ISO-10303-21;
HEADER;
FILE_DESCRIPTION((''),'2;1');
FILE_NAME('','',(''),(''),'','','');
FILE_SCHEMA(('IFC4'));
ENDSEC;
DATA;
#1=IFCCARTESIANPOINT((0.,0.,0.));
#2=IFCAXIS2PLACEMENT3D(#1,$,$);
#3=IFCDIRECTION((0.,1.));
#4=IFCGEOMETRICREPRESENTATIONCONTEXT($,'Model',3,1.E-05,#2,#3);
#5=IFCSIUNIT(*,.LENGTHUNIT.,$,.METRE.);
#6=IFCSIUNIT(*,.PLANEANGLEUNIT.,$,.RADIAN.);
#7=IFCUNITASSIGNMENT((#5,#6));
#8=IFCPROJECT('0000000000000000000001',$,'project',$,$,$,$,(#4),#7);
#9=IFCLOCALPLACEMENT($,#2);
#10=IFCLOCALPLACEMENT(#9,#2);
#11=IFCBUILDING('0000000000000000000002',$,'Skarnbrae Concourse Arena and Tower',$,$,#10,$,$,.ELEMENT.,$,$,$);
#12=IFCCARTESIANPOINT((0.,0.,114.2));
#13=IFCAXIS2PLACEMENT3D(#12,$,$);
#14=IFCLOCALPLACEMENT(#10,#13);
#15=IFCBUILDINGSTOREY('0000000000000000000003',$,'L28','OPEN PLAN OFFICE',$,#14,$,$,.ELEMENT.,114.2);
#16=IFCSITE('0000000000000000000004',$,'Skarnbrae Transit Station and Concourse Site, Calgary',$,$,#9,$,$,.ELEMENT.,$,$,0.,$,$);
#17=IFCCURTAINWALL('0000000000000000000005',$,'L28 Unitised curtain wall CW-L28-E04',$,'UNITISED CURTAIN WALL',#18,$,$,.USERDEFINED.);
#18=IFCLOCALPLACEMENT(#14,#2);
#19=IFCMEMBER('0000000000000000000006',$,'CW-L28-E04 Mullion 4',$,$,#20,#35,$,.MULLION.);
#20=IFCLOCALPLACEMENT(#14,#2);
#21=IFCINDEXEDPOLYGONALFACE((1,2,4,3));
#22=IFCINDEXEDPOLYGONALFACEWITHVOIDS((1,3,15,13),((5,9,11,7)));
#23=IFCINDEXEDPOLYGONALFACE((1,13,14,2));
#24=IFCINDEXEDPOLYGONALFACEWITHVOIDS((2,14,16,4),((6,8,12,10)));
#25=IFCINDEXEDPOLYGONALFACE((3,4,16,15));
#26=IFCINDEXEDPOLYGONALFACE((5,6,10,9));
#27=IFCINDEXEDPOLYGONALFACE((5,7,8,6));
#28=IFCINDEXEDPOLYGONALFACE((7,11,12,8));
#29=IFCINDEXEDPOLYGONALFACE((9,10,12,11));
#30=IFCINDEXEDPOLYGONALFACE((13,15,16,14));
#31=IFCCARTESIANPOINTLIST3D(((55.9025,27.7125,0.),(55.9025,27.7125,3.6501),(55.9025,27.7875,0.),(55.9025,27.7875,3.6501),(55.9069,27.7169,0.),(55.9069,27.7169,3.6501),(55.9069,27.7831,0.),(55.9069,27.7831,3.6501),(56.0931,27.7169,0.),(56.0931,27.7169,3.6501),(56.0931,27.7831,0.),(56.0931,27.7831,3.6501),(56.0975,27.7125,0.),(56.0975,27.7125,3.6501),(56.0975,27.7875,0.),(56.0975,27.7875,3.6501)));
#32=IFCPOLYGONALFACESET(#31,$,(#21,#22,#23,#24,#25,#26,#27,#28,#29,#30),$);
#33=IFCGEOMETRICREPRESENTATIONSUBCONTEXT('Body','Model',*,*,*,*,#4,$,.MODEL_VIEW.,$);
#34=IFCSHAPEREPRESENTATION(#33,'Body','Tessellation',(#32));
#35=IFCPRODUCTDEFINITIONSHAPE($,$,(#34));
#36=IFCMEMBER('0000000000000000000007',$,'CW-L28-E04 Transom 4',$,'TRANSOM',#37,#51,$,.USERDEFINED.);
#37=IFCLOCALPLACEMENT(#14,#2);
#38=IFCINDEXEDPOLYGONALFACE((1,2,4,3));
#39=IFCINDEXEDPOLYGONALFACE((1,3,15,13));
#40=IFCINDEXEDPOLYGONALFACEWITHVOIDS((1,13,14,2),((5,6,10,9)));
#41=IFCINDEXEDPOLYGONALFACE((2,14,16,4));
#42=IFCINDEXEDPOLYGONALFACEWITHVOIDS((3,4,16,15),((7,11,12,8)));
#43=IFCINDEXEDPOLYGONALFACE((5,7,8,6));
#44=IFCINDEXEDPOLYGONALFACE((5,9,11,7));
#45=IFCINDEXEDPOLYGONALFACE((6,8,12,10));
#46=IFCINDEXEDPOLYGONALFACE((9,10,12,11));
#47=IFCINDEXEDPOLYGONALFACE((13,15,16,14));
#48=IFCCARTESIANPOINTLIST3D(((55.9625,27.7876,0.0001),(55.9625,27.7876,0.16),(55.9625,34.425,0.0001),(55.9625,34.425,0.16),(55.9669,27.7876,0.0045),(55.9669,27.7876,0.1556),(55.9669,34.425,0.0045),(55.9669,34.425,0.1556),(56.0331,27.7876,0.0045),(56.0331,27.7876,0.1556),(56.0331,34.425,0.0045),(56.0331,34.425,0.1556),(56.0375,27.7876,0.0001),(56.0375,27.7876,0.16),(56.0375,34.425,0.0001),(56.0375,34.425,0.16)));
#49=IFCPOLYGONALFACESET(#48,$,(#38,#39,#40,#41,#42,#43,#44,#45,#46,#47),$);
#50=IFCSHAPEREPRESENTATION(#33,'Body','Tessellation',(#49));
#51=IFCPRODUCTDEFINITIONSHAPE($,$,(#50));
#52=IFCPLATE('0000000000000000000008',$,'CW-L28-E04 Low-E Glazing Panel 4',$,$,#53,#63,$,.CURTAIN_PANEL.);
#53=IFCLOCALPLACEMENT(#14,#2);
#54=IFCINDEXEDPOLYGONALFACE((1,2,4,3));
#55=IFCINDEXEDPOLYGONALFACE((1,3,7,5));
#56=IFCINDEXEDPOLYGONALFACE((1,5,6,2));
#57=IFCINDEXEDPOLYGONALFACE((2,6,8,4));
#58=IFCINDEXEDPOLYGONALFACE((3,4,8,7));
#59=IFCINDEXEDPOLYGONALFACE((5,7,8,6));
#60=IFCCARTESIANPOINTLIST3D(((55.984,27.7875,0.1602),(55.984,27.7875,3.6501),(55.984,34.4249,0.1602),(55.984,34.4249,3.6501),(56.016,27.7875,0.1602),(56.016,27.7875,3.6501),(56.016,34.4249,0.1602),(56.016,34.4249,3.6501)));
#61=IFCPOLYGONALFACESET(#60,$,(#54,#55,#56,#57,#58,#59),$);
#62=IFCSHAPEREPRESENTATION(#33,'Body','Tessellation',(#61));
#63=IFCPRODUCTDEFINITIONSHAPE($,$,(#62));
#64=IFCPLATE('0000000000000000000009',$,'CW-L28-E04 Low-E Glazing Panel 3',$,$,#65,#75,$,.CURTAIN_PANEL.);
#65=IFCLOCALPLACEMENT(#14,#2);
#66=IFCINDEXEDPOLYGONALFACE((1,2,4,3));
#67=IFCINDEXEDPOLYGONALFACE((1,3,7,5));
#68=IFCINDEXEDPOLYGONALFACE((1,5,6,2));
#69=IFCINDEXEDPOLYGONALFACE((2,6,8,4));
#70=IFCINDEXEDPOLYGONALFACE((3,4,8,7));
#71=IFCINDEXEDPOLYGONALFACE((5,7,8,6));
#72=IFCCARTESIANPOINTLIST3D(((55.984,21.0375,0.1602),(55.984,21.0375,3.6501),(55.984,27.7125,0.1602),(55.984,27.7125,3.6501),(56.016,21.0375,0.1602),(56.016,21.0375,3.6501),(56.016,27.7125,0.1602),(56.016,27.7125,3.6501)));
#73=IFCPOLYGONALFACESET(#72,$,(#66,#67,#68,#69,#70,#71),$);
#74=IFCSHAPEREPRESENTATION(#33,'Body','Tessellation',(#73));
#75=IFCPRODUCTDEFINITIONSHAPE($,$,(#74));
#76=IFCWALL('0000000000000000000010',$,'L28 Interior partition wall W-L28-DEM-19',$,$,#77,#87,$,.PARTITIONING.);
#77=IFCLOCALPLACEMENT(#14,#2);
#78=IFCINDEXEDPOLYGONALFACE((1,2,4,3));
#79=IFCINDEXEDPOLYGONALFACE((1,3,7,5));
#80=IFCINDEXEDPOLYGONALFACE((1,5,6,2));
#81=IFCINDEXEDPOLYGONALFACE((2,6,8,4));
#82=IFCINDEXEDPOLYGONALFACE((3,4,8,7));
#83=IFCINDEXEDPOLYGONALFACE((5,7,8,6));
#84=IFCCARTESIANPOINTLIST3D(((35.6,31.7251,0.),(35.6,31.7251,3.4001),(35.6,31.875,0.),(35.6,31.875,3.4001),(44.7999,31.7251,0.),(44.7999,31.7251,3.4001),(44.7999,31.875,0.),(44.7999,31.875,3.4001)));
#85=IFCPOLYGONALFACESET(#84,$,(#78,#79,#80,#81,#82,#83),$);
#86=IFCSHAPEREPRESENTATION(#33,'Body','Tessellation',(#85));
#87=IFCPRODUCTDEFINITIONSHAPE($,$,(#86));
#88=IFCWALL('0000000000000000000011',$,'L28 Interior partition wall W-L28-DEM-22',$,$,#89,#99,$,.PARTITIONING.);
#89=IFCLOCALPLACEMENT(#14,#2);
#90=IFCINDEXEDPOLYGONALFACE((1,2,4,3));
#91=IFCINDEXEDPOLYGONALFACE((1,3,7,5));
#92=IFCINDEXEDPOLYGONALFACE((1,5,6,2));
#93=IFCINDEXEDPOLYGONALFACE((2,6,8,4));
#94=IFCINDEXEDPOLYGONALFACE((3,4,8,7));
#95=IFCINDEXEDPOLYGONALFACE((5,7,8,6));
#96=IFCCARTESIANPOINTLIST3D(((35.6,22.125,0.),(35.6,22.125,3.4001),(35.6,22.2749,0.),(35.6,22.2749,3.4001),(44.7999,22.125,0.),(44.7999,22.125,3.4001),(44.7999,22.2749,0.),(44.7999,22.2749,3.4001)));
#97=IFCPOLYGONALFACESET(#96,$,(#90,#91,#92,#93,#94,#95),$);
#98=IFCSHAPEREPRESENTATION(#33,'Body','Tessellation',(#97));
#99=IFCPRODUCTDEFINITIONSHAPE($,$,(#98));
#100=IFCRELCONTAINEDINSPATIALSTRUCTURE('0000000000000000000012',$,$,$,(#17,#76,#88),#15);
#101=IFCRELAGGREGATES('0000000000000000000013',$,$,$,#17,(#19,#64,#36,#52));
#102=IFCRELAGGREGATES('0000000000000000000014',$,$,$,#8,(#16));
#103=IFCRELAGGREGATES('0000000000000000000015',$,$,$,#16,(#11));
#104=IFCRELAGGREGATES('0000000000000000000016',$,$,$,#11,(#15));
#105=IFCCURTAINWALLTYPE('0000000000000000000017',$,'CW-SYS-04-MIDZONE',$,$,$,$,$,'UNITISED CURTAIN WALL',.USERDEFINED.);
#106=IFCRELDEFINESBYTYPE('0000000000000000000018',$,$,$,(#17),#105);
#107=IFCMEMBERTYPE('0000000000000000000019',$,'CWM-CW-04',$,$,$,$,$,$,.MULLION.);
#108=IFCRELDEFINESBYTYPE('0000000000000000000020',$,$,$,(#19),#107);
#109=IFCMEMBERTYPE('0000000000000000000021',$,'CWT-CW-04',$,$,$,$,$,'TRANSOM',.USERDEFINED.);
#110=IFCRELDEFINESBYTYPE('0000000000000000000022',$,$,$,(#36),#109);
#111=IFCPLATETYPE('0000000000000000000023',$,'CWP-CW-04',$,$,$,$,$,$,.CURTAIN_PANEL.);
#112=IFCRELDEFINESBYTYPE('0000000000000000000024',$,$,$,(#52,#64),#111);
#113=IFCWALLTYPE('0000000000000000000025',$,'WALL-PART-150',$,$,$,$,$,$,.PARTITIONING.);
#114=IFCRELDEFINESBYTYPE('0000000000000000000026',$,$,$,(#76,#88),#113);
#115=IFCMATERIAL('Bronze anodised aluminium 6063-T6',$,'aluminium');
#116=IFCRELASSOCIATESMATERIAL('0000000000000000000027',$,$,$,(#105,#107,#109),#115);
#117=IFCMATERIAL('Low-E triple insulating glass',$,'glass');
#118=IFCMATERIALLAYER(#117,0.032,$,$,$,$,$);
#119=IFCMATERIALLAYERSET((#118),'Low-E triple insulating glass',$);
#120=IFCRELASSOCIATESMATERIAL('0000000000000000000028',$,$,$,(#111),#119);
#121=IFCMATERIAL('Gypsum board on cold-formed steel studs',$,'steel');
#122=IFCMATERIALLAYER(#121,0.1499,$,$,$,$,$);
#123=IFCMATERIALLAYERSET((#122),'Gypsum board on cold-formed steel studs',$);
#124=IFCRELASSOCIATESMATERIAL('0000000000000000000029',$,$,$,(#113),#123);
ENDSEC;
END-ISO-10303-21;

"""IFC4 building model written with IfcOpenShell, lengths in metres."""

from ifc_helpers import new_model, si_unit, direction, frame, frame_2d, origin, origin_2d, place, context, subcontext, project, spatial, rectangle, hollow_rectangle, extrude, source, transform, mapped, material, layer, layer_set, material_profile, profile_set, type_object, element, aggregate, save


model = new_model("IFC4")

# Units and contexts
model_context = context("Model", 3, precision=1e-05, world=origin(), true_north=direction((0.0, 1.0)))
body_context = subcontext(model_context, "Body", "Model", "MODEL_VIEW")
ifc_project = project(units=[si_unit("LENGTHUNIT", "METRE"), si_unit("PLANEANGLEUNIT", "RADIAN")], contexts=[model_context])

# Site, building, storey
site_placement = place(None, origin())
site = spatial("IfcSite", under=ifc_project, at=site_placement, Name="Skarnbrae Transit Station and Concourse Site, Calgary", CompositionType="ELEMENT", RefElevation=0.0)
building_placement = place(site_placement, origin())
building = spatial("IfcBuilding", under=site, at=building_placement, Name="Skarnbrae Concourse Arena and Tower", CompositionType="ELEMENT")
storey_placement = place(building_placement, frame((0.0, 0.0, 114.2)))
storey = spatial("IfcBuildingStorey", under=building, at=storey_placement, Name="L28", Description="OPEN PLAN OFFICE", CompositionType="ELEMENT", Elevation=114.2)

# Curtain wall, members, plates
ifc_material_1 = material(Name="Bronze anodised aluminium 6063-T6", Category="aluminium")
curtain_wall_type = type_object("IfcCurtainWallType", Name="CW-SYS-04-MIDZONE", ElementType="UNITISED CURTAIN WALL", PredefinedType="USERDEFINED", material=ifc_material_1)
curtain_wall_placement = place(storey_placement, origin())
curtain_wall = element("IfcCurtainWall", 1, at=curtain_wall_placement, inside=storey, type_object=curtain_wall_type, Name="L28 Unitised curtain wall CW-L28-E04", ObjectType="UNITISED CURTAIN WALL", PredefinedType="USERDEFINED")
ifc_material_profile_1 = material_profile(ifc_material_1, hollow_rectangle(XDim=0.075, YDim=0.1951, WallThickness=0.0044, at=origin_2d()), Name="ALU-MULL-75X195")
ifc_profile_set_1 = profile_set([ifc_material_profile_1], Name="Bronze anodised aluminium 6063-T6")
member_type_1 = type_object("IfcMemberType", Name="CWM-CW-04", PredefinedType="MULLION", material=ifc_profile_set_1)
shared_shape_1 = source(origin(), body_context, "Body", "SweptSolid", [
    extrude(hollow_rectangle(XDim=0.075, YDim=0.1951, WallThickness=0.0044, at=origin_2d()), origin(), (0.0, 0.0, 1.0), 3.6501),
])
member_1_placement = place(storey_placement, frame((56.0, 27.75, 0.0), z_axis=(0.0, 0.0, 1.0), x_axis=(0.0, 1.0, 0.0)))
member_1 = element("IfcMember", 2, at=member_1_placement, type_object=member_type_1, Name="CW-L28-E04 Mullion 4", PredefinedType="MULLION", context=body_context, shape_type="MappedRepresentation", body=[
    mapped(shared_shape_1, transform((0.0, 0.0, 0.0))),
])
ifc_material_profile_2 = material_profile(ifc_material_1, hollow_rectangle(XDim=0.075, YDim=0.1599, WallThickness=0.0044, at=origin_2d()), Name="ALU-TRAN-75X160")
ifc_profile_set_2 = profile_set([ifc_material_profile_2], Name="Bronze anodised aluminium 6063-T6")
member_type_2 = type_object("IfcMemberType", Name="CWT-CW-04", ElementType="TRANSOM", PredefinedType="USERDEFINED", material=ifc_profile_set_2)
shared_shape_2 = source(origin(), body_context, "Body", "SweptSolid", [
    extrude(hollow_rectangle(XDim=0.075, YDim=0.1599, WallThickness=0.0044, at=origin_2d()), origin(), (0.0, 0.0, 1.0), 6.6375),
])
member_2_placement = place(storey_placement, frame((56.0, 27.7876, 0.0801), z_axis=(0.0, 1.0, 0.0), x_axis=(-1.0, 0.0, 0.0)))
member_2 = element("IfcMember", 3, at=member_2_placement, type_object=member_type_2, Name="CW-L28-E04 Transom 4", ObjectType="TRANSOM", PredefinedType="USERDEFINED", context=body_context, shape_type="MappedRepresentation", body=[
    mapped(shared_shape_2, transform((0.0, 0.0, 0.0))),
])
ifc_material_2 = material(Name="Low-E triple insulating glass", Category="glass")
ifc_layer_1 = layer(ifc_material_2, 0.032)
ifc_layer_set_1 = layer_set([ifc_layer_1], Name="Low-E triple insulating glass")
plate_type = type_object("IfcPlateType", Name="CWP-CW-04", PredefinedType="CURTAIN_PANEL", material=ifc_layer_set_1)
shared_shape_3 = source(origin(), body_context, "Body", "SweptSolid", [
    extrude(rectangle(XDim=6.6375, YDim=0.032, at=origin_2d()), origin(), (0.0, 0.0, 1.0), 3.49),
])
plate_1_placement = place(storey_placement, frame((56.0, 31.1062, 0.1602), z_axis=(0.0, 0.0, 1.0), x_axis=(0.0, 1.0, 0.0)))
plate_1 = element("IfcPlate", 4, at=plate_1_placement, type_object=plate_type, Name="CW-L28-E04 Low-E Glazing Panel 4", PredefinedType="CURTAIN_PANEL", context=body_context, shape_type="MappedRepresentation", body=[
    mapped(shared_shape_3, transform((0.0, 0.0, 0.0))),
])
shared_shape_4 = source(origin(), body_context, "Body", "SweptSolid", [
    extrude(rectangle(XDim=6.675, YDim=0.032, at=origin_2d()), origin(), (0.0, 0.0, 1.0), 3.49),
])
plate_2_placement = place(storey_placement, frame((56.0, 24.375, 0.1602), z_axis=(0.0, 0.0, 1.0), x_axis=(0.0, 1.0, 0.0)))
plate_2 = element("IfcPlate", 5, at=plate_2_placement, type_object=plate_type, Name="CW-L28-E04 Low-E Glazing Panel 3", PredefinedType="CURTAIN_PANEL", context=body_context, shape_type="MappedRepresentation", body=[
    mapped(shared_shape_4, transform((0.0, 0.0, 0.0))),
])
aggregate(curtain_wall, [member_1, plate_2, member_2, plate_1])

# Walls
ifc_material_3 = material(Name="Gypsum board on cold-formed steel studs", Category="steel")
ifc_layer_2 = layer(ifc_material_3, 0.1499)
ifc_layer_set_2 = layer_set([ifc_layer_2], Name="Gypsum board on cold-formed steel studs")
wall_type = type_object("IfcWallType", Name="WALL-PART-150", PredefinedType="PARTITIONING", material=ifc_layer_set_2)
shared_shape_5 = source(origin(), body_context, "Body", "SweptSolid", [
    extrude(rectangle(XDim=9.2, YDim=0.1499, at=frame_2d((4.6001, 0.0))), origin(), (0.0, 0.0, 1.0), 3.4001),
])
for number, where, z_axis, x_axis, name in (
    (6, (44.8, 31.8, 0.0), (0.0, 0.0, 1.0), (-1.0, 0.0, 0.0), "L28 Interior partition wall W-L28-DEM-19"),
    (7, (44.8, 22.2, 0.0), (0.0, 0.0, 1.0), (-1.0, 0.0, 0.0), "L28 Interior partition wall W-L28-DEM-22"),
):
    element("IfcWall", number, at=place(storey_placement, frame(where, z_axis=z_axis, x_axis=x_axis)), inside=storey, type_object=wall_type, Name=name, PredefinedType="PARTITIONING", context=body_context, shape_type="MappedRepresentation", body=[
        mapped(shared_shape_5, transform((0.0, 0.0, 0.0))),
    ])

save(model, "model.ifc")
